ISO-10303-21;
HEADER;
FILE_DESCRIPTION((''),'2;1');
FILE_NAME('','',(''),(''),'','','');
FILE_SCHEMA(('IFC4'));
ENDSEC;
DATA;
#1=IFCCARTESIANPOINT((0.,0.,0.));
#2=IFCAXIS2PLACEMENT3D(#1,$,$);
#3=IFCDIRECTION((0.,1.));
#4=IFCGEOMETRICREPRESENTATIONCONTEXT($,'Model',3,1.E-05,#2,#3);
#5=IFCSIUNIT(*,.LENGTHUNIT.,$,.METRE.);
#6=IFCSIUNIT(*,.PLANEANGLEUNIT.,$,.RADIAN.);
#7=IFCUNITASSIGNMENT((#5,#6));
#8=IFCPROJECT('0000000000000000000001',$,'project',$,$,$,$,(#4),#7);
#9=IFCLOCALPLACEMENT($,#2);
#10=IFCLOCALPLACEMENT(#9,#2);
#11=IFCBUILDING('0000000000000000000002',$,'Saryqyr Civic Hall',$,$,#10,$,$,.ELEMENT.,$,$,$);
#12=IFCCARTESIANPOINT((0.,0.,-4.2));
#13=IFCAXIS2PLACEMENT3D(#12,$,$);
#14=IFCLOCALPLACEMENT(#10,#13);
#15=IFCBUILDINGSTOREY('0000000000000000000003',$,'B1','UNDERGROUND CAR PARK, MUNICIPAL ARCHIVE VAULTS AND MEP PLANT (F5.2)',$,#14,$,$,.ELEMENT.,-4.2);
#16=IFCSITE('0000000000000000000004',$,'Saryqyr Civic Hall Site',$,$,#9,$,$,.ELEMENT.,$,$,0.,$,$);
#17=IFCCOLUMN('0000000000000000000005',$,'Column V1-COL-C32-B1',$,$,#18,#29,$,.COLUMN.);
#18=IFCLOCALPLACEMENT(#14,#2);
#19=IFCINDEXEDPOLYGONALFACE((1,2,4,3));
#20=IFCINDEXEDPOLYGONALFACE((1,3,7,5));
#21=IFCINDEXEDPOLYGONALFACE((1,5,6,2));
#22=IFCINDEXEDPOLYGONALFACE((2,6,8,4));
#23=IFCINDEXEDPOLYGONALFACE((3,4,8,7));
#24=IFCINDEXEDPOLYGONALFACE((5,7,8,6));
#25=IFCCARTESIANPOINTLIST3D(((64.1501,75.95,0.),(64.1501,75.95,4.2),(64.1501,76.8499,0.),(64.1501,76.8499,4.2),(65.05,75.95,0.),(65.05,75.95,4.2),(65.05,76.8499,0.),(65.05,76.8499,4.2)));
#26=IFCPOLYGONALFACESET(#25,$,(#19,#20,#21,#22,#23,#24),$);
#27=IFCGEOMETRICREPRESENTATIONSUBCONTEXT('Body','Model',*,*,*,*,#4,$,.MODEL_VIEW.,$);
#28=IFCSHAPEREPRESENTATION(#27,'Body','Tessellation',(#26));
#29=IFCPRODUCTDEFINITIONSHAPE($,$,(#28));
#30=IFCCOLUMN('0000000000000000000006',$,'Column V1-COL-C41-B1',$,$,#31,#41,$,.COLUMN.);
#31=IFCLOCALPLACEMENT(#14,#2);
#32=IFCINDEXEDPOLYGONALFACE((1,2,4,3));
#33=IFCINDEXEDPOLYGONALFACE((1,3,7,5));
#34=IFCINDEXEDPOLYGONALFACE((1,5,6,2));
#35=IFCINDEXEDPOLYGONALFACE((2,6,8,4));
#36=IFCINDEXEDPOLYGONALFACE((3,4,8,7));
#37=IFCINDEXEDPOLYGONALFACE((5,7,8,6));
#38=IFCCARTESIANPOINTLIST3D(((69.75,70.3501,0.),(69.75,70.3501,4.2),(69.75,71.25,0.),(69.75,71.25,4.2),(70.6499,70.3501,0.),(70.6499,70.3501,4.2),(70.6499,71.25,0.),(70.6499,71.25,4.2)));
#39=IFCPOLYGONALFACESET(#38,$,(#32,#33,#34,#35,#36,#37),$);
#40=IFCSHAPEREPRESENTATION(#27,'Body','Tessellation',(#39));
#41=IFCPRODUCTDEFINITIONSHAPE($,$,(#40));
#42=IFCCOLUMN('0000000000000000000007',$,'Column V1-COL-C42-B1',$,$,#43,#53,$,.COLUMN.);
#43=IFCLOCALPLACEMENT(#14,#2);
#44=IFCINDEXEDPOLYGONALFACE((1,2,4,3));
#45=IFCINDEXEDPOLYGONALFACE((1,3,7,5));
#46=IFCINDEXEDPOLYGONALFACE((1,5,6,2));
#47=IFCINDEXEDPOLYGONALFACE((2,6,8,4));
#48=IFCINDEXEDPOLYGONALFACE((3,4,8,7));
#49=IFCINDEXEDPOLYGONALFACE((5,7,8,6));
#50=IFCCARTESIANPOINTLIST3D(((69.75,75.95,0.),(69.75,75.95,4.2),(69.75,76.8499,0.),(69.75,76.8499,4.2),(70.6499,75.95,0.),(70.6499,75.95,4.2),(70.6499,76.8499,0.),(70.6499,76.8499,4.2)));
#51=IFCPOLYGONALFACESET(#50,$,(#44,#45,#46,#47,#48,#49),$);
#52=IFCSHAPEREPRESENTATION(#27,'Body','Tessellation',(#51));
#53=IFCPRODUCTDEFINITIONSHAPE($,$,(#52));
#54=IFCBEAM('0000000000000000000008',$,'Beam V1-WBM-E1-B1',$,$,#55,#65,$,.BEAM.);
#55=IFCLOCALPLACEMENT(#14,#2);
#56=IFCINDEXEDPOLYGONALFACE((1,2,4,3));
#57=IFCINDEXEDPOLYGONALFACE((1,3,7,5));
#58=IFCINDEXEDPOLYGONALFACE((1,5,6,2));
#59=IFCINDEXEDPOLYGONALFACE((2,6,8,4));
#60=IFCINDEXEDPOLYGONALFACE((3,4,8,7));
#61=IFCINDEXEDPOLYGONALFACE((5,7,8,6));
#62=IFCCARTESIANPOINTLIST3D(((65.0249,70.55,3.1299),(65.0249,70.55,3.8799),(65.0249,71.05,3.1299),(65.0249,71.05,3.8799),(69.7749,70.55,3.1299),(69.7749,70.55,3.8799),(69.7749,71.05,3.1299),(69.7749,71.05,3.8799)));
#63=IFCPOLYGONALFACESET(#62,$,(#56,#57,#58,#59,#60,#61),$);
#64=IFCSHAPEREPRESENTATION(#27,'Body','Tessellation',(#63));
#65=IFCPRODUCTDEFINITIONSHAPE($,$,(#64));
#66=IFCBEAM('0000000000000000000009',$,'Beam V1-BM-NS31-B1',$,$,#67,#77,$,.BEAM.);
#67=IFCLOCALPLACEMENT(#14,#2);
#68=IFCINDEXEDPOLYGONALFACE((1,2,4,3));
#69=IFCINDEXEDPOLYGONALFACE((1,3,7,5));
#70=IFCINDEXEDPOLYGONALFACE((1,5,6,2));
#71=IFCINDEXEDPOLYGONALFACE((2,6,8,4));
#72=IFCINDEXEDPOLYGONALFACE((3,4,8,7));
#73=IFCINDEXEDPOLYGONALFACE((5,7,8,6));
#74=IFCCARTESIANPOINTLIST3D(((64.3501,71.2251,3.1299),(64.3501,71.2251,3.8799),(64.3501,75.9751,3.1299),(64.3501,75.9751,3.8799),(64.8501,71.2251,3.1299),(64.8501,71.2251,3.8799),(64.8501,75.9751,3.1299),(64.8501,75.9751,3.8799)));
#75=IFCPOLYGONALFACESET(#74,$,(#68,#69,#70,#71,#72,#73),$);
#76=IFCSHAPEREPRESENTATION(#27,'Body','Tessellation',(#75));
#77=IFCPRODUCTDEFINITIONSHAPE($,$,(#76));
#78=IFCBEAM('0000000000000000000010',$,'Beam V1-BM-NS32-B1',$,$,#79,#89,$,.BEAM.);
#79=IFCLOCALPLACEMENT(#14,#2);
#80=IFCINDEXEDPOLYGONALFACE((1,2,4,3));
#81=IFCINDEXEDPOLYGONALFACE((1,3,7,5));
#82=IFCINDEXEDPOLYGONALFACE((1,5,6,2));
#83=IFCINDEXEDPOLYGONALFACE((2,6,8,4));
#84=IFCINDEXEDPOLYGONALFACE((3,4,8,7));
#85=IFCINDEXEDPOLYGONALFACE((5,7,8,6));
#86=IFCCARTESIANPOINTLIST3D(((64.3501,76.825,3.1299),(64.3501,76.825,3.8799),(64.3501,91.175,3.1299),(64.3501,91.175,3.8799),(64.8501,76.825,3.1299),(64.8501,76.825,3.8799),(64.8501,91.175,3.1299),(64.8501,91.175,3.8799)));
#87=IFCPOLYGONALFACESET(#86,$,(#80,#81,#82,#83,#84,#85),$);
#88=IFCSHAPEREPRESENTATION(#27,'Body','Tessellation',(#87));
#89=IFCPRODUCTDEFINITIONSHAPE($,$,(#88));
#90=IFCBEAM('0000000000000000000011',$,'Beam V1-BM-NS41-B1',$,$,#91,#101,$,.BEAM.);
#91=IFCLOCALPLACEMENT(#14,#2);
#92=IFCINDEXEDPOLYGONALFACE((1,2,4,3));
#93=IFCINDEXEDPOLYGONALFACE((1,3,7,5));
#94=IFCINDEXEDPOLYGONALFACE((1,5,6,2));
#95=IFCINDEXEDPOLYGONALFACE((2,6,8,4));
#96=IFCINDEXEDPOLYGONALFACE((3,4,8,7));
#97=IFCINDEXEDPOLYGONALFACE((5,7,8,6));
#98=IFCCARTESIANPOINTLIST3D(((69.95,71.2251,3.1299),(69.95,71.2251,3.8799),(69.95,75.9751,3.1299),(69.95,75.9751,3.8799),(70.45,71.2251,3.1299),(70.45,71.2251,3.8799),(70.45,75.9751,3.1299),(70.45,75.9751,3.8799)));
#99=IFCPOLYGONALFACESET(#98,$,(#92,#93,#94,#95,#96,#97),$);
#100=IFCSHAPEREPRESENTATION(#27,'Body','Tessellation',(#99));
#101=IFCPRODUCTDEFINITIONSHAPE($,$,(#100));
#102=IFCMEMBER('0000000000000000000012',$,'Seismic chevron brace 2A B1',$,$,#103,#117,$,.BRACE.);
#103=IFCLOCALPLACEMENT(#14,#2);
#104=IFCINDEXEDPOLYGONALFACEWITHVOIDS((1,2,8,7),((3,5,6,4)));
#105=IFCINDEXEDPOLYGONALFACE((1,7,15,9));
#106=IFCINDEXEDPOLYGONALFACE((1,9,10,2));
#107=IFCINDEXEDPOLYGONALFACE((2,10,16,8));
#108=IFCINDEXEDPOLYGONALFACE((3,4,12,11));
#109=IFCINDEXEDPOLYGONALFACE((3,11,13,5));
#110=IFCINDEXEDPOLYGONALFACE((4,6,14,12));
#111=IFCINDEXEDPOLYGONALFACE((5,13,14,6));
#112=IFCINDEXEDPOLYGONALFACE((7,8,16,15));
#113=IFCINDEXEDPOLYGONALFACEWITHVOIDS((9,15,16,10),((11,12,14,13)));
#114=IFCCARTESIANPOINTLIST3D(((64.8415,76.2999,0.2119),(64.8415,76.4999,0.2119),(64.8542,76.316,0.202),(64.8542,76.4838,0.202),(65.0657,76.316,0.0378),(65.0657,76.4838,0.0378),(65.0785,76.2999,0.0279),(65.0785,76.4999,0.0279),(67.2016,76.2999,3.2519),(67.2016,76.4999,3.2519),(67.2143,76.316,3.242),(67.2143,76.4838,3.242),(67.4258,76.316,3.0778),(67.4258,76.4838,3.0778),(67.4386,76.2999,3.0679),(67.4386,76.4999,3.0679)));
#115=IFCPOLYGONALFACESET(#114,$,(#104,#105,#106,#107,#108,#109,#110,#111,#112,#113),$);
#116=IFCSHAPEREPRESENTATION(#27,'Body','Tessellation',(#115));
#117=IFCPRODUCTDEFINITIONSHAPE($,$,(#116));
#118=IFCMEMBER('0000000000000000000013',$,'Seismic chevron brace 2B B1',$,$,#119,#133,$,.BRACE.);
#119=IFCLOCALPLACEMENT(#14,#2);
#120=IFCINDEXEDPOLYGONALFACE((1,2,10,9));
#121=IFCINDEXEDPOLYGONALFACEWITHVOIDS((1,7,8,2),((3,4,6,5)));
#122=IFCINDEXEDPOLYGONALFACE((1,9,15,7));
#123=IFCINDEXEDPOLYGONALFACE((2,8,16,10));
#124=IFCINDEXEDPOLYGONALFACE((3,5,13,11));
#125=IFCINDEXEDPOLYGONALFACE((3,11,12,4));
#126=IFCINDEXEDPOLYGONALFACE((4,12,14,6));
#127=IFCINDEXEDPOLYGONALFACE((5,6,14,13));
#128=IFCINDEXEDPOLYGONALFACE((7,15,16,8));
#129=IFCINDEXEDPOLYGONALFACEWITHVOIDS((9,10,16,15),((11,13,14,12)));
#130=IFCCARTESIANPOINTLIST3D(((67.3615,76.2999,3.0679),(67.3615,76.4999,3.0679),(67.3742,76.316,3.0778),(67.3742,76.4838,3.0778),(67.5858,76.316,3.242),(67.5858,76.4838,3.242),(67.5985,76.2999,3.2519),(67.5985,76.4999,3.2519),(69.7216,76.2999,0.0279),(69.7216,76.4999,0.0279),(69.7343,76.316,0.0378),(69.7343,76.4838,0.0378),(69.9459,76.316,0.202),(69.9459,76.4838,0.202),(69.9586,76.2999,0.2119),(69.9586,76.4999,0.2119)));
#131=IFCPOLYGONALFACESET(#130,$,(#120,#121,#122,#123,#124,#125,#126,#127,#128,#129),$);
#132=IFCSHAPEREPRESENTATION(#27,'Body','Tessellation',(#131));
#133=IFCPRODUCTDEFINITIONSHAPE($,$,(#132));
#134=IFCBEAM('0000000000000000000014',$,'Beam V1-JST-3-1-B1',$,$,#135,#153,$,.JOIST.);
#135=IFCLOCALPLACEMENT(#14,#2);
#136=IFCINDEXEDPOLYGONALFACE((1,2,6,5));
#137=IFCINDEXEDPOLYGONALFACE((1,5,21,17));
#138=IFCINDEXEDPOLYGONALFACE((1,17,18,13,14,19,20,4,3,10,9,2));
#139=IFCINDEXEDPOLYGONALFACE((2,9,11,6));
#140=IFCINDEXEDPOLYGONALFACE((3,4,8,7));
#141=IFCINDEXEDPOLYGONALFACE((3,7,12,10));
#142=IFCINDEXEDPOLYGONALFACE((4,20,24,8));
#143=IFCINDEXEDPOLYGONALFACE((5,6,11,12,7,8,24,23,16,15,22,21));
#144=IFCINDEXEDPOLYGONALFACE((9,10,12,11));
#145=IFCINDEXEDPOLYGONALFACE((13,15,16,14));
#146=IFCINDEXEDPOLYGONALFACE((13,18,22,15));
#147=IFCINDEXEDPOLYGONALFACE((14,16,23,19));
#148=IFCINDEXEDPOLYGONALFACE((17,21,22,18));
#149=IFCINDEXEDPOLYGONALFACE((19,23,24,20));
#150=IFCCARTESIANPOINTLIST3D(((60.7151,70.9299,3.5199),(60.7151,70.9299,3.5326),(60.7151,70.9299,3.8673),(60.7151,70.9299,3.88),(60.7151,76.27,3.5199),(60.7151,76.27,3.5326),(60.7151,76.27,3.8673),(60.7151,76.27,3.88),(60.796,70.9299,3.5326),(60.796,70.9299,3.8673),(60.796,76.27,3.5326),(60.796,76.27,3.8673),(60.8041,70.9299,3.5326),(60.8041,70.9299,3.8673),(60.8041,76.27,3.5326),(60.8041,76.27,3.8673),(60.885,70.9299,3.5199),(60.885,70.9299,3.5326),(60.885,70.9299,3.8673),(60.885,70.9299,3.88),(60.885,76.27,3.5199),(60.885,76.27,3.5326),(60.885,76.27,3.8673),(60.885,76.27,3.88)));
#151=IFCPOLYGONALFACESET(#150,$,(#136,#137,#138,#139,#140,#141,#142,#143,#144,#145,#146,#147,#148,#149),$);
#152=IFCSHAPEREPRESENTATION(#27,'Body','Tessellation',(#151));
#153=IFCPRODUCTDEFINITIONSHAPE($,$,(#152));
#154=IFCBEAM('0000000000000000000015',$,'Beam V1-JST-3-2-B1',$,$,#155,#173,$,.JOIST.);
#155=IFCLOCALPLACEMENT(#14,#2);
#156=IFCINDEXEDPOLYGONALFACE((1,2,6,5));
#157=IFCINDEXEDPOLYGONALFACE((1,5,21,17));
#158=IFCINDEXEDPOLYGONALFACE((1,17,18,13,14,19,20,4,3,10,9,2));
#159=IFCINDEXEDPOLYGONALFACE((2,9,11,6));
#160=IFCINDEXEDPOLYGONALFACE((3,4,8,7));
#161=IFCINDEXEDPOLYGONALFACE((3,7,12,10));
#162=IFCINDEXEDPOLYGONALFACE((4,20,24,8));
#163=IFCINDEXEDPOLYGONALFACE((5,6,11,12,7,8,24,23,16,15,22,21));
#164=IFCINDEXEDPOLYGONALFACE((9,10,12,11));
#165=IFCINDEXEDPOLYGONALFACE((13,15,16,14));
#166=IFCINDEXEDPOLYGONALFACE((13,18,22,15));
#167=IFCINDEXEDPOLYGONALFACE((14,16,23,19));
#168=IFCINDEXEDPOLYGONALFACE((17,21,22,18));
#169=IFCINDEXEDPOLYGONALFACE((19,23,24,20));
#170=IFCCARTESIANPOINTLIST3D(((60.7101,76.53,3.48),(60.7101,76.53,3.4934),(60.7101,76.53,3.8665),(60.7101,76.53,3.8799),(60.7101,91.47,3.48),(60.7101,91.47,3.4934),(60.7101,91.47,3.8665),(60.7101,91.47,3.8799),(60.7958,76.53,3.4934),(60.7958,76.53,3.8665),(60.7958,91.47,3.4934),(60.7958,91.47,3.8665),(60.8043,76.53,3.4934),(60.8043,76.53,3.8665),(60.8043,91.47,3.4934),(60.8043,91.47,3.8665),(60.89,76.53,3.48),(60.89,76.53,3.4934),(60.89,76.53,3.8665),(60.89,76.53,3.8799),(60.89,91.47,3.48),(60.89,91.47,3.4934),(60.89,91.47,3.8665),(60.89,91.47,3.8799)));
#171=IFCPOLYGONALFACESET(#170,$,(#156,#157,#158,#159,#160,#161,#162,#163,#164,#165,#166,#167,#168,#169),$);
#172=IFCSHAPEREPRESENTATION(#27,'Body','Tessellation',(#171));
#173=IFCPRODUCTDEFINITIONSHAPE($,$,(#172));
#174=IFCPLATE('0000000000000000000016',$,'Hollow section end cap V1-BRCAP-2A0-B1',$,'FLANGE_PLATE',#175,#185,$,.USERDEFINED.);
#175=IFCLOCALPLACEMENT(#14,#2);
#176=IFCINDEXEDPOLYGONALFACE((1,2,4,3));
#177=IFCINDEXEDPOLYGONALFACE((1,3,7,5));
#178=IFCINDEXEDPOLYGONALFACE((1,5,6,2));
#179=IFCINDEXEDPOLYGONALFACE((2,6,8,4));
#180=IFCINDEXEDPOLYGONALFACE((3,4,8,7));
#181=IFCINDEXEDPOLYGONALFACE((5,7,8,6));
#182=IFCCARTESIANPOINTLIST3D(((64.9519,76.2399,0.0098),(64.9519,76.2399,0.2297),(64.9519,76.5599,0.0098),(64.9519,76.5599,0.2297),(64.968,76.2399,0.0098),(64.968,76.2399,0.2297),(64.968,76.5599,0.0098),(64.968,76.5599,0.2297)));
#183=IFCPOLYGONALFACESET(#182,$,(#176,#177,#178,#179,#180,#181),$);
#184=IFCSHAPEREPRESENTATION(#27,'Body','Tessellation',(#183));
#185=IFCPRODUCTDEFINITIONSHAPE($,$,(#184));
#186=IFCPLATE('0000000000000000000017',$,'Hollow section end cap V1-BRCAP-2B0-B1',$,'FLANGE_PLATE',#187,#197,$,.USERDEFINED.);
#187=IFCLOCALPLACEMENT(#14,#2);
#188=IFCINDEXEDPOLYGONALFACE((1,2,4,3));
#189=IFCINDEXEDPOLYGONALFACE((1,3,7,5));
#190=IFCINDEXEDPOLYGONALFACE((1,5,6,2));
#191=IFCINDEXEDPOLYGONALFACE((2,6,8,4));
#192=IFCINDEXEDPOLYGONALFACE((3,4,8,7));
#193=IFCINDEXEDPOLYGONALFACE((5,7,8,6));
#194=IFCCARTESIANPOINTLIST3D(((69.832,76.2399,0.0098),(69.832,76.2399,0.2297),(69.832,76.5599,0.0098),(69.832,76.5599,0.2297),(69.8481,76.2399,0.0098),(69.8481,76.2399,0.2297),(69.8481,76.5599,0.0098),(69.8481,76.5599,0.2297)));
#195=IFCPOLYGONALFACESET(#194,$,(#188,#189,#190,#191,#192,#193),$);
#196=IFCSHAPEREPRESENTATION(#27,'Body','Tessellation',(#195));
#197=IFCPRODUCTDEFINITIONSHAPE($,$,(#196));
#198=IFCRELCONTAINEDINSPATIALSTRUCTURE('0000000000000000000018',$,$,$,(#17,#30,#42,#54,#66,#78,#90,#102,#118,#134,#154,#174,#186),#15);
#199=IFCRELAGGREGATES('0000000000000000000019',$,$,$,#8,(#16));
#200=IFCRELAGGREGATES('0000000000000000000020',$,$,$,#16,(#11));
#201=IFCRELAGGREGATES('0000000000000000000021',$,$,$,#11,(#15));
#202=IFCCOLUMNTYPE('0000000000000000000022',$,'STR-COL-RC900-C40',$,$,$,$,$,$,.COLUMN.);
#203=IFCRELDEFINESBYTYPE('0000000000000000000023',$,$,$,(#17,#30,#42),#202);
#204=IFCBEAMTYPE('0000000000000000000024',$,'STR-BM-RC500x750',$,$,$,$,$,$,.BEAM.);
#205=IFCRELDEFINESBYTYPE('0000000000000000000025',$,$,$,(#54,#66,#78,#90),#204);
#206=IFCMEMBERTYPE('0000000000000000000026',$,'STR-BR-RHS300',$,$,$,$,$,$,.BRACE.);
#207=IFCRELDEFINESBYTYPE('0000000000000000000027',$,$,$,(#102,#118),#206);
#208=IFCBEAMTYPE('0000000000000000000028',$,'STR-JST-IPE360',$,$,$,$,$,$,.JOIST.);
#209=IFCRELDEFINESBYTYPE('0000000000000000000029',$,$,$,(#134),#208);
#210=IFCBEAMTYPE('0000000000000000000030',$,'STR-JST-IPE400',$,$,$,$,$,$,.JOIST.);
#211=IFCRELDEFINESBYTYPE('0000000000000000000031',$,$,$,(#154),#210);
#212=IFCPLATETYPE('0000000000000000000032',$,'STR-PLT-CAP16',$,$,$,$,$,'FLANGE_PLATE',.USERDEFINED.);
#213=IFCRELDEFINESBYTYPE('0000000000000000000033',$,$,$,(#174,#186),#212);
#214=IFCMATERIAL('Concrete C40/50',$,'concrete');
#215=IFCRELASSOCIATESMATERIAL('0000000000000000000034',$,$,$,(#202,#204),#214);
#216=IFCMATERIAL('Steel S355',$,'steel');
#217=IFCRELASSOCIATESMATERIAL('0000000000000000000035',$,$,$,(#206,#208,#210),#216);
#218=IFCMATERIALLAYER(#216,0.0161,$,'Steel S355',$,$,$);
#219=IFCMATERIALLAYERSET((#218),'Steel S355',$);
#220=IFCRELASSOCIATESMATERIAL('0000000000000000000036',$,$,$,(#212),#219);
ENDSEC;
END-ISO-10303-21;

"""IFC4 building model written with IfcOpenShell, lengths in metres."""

from ifc_helpers import new_model, si_unit, direction, frame, origin, origin_2d, place, context, subcontext, project, spatial, rectangle, hollow_rectangle, i_section, extrude, material, layer, layer_set, material_profile, profile_set, type_object, element, save


model = new_model("IFC4")

# Units and contexts
model_context = context("Model", 3, precision=1e-05, world=origin(), true_north=direction((0.0, 1.0)))
body_context = subcontext(model_context, "Body", "Model", "MODEL_VIEW")
ifc_project = project(units=[si_unit("LENGTHUNIT", "METRE"), si_unit("PLANEANGLEUNIT", "RADIAN")], contexts=[model_context])

# Site, building, storey
site_placement = place(None, origin())
site = spatial("IfcSite", under=ifc_project, at=site_placement, Name="Saryqyr Civic Hall Site", CompositionType="ELEMENT", RefElevation=0.0)
building_placement = place(site_placement, origin())
building = spatial("IfcBuilding", under=site, at=building_placement, Name="Saryqyr Civic Hall", CompositionType="ELEMENT")
storey_placement = place(building_placement, frame((0.0, 0.0, -4.2)))
storey = spatial("IfcBuildingStorey", under=building, at=storey_placement, Name="B1", Description="UNDERGROUND CAR PARK, MUNICIPAL ARCHIVE VAULTS AND MEP PLANT (F5.2)", CompositionType="ELEMENT", Elevation=-4.2)

# Columns
ifc_material_1 = material(Name="Concrete C40/50", Category="concrete")
ifc_material_profile_1 = material_profile(ifc_material_1, rectangle(XDim=0.8999, YDim=0.8999, at=origin_2d()), Name="RC 900x900")
ifc_profile_set_1 = profile_set([ifc_material_profile_1], Name="Concrete C40/50")
column_type = type_object("IfcColumnType", Name="STR-COL-RC900-C40", PredefinedType="COLUMN", material=ifc_profile_set_1)
for number, where, z_axis, x_axis, name in (
    (1, (64.6001, 76.3999, 0.0), (0.0, 0.0, 1.0), (1.0, 0.0, 0.0), "Column V1-COL-C32-B1"),
    (2, (70.2, 70.8, 0.0), (0.0, 0.0, 1.0), (1.0, 0.0, 0.0), "Column V1-COL-C41-B1"),
    (3, (70.2, 76.3999, 0.0), (0.0, 0.0, 1.0), (1.0, 0.0, 0.0), "Column V1-COL-C42-B1"),
):
    element("IfcColumn", number, at=place(storey_placement, frame(where, z_axis=z_axis, x_axis=x_axis)), inside=storey, type_object=column_type, Name=name, PredefinedType="COLUMN", context=body_context, shape_type="SweptSolid", body=[
        extrude(rectangle(XDim=0.8999, YDim=0.8999, at=origin_2d()), origin(), (0.0, 0.0, 1.0), 4.2),
    ])

# Beams
ifc_material_profile_2 = material_profile(ifc_material_1, rectangle(XDim=0.5, YDim=0.75, at=origin_2d()), Name="RC 500x750")
ifc_profile_set_2 = profile_set([ifc_material_profile_2], Name="Concrete C40/50")
beam_type_1 = type_object("IfcBeamType", Name="STR-BM-RC500x750", PredefinedType="BEAM", material=ifc_profile_set_2)
for number, where, z_axis, x_axis, name in (
    (4, (65.0249, 70.8, 3.5049), (1.0, 0.0, 0.0), (0.0, 1.0, 0.0), "Beam V1-WBM-E1-B1"),
    (5, (64.6001, 71.2251, 3.5049), (0.0, 1.0, 0.0), (-1.0, 0.0, 0.0), "Beam V1-BM-NS31-B1"),
):
    element("IfcBeam", number, at=place(storey_placement, frame(where, z_axis=z_axis, x_axis=x_axis)), inside=storey, type_object=beam_type_1, Name=name, PredefinedType="BEAM", context=body_context, shape_type="SweptSolid", body=[
        extrude(rectangle(XDim=0.5, YDim=0.75, at=origin_2d()), origin(), (0.0, 0.0, 1.0), 4.75),
    ])
beam_1_placement = place(storey_placement, frame((64.6001, 76.825, 3.5049), z_axis=(0.0, 1.0, 0.0), x_axis=(-1.0, 0.0, 0.0)))
element("IfcBeam", 6, at=beam_1_placement, inside=storey, type_object=beam_type_1, Name="Beam V1-BM-NS32-B1", PredefinedType="BEAM", context=body_context, shape_type="SweptSolid", body=[
    extrude(rectangle(XDim=0.5, YDim=0.75, at=origin_2d()), origin(), (0.0, 0.0, 1.0), 14.3501),
])
beam_2_placement = place(storey_placement, frame((70.2, 71.2251, 3.5049), z_axis=(0.0, 1.0, 0.0), x_axis=(-1.0, 0.0, 0.0)))
element("IfcBeam", 7, at=beam_2_placement, inside=storey, type_object=beam_type_1, Name="Beam V1-BM-NS41-B1", PredefinedType="BEAM", context=body_context, shape_type="SweptSolid", body=[
    extrude(rectangle(XDim=0.5, YDim=0.75, at=origin_2d()), origin(), (0.0, 0.0, 1.0), 4.75),
])

# Members
ifc_material_2 = material(Name="Steel S355", Category="steel")
ifc_material_profile_3 = material_profile(ifc_material_2, hollow_rectangle(XDim=0.2, YDim=0.3, WallThickness=0.0161, at=origin_2d()), Name="RHS 300x200x16")
ifc_profile_set_3 = profile_set([ifc_material_profile_3], Name="Steel S355")
member_type = type_object("IfcMemberType", Name="STR-BR-RHS300", PredefinedType="BRACE", material=ifc_profile_set_3)
for number, where, z_axis, x_axis, name in (
    (8, (64.96, 76.3999, 0.1199), (0.613233, 0.0, 0.789902), (0.0, 1.0, 0.0), "Seismic chevron brace 2A B1"),
    (9, (69.8401, 76.3999, 0.1199), (-0.613233, 0.0, 0.789902), (0.0, -1.0, 0.0), "Seismic chevron brace 2B B1"),
):
    element("IfcMember", number, at=place(storey_placement, frame(where, z_axis=z_axis, x_axis=x_axis)), inside=storey, type_object=member_type, Name=name, PredefinedType="BRACE", context=body_context, shape_type="SweptSolid", body=[
        extrude(hollow_rectangle(XDim=0.2, YDim=0.3, WallThickness=0.0161, at=origin_2d()), origin(), (0.0, 0.0, 1.0), 3.8486),
    ])

# Beams
ifc_material_profile_4 = material_profile(ifc_material_2, i_section(OverallWidth=0.1699, OverallDepth=0.3601, WebThickness=0.0081, FlangeThickness=0.0127, at=origin_2d()), Name="IPE 360")
ifc_profile_set_4 = profile_set([ifc_material_profile_4], Name="Steel S355")
beam_type_2 = type_object("IfcBeamType", Name="STR-JST-IPE360", PredefinedType="JOIST", material=ifc_profile_set_4)
beam_3_placement = place(storey_placement, frame((60.8, 70.9299, 3.7), z_axis=(0.0, 1.0, 0.0), x_axis=(-1.0, 0.0, 0.0)))
element("IfcBeam", 10, at=beam_3_placement, inside=storey, type_object=beam_type_2, Name="Beam V1-JST-3-1-B1", PredefinedType="JOIST", context=body_context, shape_type="SweptSolid", body=[
    extrude(i_section(OverallWidth=0.1699, OverallDepth=0.3601, WebThickness=0.0081, FlangeThickness=0.0127, at=origin_2d()), origin(), (0.0, 0.0, 1.0), 5.3401),
])
ifc_material_profile_5 = material_profile(ifc_material_2, i_section(OverallWidth=0.1799, OverallDepth=0.3999, WebThickness=0.0085, FlangeThickness=0.0134, at=origin_2d()), Name="IPE 400")
ifc_profile_set_5 = profile_set([ifc_material_profile_5], Name="Steel S355")
beam_type_3 = type_object("IfcBeamType", Name="STR-JST-IPE400", PredefinedType="JOIST", material=ifc_profile_set_5)
beam_4_placement = place(storey_placement, frame((60.8, 76.53, 3.6799), z_axis=(0.0, 1.0, 0.0), x_axis=(-1.0, 0.0, 0.0)))
element("IfcBeam", 11, at=beam_4_placement, inside=storey, type_object=beam_type_3, Name="Beam V1-JST-3-2-B1", PredefinedType="JOIST", context=body_context, shape_type="SweptSolid", body=[
    extrude(i_section(OverallWidth=0.1799, OverallDepth=0.3999, WebThickness=0.0085, FlangeThickness=0.0134, at=origin_2d()), origin(), (0.0, 0.0, 1.0), 14.9399),
])

# Plates
ifc_layer_1 = layer(ifc_material_2, 0.0161, Name="Steel S355")
ifc_layer_set_1 = layer_set([ifc_layer_1], Name="Steel S355")
plate_type_1 = type_object("IfcPlateType", Name="STR-PLT-CAP16", ElementType="FLANGE_PLATE", PredefinedType="USERDEFINED", material=ifc_layer_set_1)
for number, where, z_axis, x_axis, name in (
    (12, (64.96, 76.3999, 0.0098), (0.0, 0.0, 1.0), (1.0, 0.0, 0.0), "Hollow section end cap V1-BRCAP-2A0-B1"),
    (13, (69.8401, 76.3999, 0.0098), (0.0, 0.0, 1.0), (1.0, 0.0, 0.0), "Hollow section end cap V1-BRCAP-2B0-B1"),
):
    element("IfcPlate", number, at=place(storey_placement, frame(where, z_axis=z_axis, x_axis=x_axis)), inside=storey, type_object=plate_type_1, Name=name, ObjectType="FLANGE_PLATE", PredefinedType="USERDEFINED", context=body_context, shape_type="SweptSolid", body=[
        extrude(rectangle(XDim=0.0161, YDim=0.3201, at=origin_2d()), origin(), (0.0, 0.0, 1.0), 0.22),
    ])

save(model, "model.ifc")
